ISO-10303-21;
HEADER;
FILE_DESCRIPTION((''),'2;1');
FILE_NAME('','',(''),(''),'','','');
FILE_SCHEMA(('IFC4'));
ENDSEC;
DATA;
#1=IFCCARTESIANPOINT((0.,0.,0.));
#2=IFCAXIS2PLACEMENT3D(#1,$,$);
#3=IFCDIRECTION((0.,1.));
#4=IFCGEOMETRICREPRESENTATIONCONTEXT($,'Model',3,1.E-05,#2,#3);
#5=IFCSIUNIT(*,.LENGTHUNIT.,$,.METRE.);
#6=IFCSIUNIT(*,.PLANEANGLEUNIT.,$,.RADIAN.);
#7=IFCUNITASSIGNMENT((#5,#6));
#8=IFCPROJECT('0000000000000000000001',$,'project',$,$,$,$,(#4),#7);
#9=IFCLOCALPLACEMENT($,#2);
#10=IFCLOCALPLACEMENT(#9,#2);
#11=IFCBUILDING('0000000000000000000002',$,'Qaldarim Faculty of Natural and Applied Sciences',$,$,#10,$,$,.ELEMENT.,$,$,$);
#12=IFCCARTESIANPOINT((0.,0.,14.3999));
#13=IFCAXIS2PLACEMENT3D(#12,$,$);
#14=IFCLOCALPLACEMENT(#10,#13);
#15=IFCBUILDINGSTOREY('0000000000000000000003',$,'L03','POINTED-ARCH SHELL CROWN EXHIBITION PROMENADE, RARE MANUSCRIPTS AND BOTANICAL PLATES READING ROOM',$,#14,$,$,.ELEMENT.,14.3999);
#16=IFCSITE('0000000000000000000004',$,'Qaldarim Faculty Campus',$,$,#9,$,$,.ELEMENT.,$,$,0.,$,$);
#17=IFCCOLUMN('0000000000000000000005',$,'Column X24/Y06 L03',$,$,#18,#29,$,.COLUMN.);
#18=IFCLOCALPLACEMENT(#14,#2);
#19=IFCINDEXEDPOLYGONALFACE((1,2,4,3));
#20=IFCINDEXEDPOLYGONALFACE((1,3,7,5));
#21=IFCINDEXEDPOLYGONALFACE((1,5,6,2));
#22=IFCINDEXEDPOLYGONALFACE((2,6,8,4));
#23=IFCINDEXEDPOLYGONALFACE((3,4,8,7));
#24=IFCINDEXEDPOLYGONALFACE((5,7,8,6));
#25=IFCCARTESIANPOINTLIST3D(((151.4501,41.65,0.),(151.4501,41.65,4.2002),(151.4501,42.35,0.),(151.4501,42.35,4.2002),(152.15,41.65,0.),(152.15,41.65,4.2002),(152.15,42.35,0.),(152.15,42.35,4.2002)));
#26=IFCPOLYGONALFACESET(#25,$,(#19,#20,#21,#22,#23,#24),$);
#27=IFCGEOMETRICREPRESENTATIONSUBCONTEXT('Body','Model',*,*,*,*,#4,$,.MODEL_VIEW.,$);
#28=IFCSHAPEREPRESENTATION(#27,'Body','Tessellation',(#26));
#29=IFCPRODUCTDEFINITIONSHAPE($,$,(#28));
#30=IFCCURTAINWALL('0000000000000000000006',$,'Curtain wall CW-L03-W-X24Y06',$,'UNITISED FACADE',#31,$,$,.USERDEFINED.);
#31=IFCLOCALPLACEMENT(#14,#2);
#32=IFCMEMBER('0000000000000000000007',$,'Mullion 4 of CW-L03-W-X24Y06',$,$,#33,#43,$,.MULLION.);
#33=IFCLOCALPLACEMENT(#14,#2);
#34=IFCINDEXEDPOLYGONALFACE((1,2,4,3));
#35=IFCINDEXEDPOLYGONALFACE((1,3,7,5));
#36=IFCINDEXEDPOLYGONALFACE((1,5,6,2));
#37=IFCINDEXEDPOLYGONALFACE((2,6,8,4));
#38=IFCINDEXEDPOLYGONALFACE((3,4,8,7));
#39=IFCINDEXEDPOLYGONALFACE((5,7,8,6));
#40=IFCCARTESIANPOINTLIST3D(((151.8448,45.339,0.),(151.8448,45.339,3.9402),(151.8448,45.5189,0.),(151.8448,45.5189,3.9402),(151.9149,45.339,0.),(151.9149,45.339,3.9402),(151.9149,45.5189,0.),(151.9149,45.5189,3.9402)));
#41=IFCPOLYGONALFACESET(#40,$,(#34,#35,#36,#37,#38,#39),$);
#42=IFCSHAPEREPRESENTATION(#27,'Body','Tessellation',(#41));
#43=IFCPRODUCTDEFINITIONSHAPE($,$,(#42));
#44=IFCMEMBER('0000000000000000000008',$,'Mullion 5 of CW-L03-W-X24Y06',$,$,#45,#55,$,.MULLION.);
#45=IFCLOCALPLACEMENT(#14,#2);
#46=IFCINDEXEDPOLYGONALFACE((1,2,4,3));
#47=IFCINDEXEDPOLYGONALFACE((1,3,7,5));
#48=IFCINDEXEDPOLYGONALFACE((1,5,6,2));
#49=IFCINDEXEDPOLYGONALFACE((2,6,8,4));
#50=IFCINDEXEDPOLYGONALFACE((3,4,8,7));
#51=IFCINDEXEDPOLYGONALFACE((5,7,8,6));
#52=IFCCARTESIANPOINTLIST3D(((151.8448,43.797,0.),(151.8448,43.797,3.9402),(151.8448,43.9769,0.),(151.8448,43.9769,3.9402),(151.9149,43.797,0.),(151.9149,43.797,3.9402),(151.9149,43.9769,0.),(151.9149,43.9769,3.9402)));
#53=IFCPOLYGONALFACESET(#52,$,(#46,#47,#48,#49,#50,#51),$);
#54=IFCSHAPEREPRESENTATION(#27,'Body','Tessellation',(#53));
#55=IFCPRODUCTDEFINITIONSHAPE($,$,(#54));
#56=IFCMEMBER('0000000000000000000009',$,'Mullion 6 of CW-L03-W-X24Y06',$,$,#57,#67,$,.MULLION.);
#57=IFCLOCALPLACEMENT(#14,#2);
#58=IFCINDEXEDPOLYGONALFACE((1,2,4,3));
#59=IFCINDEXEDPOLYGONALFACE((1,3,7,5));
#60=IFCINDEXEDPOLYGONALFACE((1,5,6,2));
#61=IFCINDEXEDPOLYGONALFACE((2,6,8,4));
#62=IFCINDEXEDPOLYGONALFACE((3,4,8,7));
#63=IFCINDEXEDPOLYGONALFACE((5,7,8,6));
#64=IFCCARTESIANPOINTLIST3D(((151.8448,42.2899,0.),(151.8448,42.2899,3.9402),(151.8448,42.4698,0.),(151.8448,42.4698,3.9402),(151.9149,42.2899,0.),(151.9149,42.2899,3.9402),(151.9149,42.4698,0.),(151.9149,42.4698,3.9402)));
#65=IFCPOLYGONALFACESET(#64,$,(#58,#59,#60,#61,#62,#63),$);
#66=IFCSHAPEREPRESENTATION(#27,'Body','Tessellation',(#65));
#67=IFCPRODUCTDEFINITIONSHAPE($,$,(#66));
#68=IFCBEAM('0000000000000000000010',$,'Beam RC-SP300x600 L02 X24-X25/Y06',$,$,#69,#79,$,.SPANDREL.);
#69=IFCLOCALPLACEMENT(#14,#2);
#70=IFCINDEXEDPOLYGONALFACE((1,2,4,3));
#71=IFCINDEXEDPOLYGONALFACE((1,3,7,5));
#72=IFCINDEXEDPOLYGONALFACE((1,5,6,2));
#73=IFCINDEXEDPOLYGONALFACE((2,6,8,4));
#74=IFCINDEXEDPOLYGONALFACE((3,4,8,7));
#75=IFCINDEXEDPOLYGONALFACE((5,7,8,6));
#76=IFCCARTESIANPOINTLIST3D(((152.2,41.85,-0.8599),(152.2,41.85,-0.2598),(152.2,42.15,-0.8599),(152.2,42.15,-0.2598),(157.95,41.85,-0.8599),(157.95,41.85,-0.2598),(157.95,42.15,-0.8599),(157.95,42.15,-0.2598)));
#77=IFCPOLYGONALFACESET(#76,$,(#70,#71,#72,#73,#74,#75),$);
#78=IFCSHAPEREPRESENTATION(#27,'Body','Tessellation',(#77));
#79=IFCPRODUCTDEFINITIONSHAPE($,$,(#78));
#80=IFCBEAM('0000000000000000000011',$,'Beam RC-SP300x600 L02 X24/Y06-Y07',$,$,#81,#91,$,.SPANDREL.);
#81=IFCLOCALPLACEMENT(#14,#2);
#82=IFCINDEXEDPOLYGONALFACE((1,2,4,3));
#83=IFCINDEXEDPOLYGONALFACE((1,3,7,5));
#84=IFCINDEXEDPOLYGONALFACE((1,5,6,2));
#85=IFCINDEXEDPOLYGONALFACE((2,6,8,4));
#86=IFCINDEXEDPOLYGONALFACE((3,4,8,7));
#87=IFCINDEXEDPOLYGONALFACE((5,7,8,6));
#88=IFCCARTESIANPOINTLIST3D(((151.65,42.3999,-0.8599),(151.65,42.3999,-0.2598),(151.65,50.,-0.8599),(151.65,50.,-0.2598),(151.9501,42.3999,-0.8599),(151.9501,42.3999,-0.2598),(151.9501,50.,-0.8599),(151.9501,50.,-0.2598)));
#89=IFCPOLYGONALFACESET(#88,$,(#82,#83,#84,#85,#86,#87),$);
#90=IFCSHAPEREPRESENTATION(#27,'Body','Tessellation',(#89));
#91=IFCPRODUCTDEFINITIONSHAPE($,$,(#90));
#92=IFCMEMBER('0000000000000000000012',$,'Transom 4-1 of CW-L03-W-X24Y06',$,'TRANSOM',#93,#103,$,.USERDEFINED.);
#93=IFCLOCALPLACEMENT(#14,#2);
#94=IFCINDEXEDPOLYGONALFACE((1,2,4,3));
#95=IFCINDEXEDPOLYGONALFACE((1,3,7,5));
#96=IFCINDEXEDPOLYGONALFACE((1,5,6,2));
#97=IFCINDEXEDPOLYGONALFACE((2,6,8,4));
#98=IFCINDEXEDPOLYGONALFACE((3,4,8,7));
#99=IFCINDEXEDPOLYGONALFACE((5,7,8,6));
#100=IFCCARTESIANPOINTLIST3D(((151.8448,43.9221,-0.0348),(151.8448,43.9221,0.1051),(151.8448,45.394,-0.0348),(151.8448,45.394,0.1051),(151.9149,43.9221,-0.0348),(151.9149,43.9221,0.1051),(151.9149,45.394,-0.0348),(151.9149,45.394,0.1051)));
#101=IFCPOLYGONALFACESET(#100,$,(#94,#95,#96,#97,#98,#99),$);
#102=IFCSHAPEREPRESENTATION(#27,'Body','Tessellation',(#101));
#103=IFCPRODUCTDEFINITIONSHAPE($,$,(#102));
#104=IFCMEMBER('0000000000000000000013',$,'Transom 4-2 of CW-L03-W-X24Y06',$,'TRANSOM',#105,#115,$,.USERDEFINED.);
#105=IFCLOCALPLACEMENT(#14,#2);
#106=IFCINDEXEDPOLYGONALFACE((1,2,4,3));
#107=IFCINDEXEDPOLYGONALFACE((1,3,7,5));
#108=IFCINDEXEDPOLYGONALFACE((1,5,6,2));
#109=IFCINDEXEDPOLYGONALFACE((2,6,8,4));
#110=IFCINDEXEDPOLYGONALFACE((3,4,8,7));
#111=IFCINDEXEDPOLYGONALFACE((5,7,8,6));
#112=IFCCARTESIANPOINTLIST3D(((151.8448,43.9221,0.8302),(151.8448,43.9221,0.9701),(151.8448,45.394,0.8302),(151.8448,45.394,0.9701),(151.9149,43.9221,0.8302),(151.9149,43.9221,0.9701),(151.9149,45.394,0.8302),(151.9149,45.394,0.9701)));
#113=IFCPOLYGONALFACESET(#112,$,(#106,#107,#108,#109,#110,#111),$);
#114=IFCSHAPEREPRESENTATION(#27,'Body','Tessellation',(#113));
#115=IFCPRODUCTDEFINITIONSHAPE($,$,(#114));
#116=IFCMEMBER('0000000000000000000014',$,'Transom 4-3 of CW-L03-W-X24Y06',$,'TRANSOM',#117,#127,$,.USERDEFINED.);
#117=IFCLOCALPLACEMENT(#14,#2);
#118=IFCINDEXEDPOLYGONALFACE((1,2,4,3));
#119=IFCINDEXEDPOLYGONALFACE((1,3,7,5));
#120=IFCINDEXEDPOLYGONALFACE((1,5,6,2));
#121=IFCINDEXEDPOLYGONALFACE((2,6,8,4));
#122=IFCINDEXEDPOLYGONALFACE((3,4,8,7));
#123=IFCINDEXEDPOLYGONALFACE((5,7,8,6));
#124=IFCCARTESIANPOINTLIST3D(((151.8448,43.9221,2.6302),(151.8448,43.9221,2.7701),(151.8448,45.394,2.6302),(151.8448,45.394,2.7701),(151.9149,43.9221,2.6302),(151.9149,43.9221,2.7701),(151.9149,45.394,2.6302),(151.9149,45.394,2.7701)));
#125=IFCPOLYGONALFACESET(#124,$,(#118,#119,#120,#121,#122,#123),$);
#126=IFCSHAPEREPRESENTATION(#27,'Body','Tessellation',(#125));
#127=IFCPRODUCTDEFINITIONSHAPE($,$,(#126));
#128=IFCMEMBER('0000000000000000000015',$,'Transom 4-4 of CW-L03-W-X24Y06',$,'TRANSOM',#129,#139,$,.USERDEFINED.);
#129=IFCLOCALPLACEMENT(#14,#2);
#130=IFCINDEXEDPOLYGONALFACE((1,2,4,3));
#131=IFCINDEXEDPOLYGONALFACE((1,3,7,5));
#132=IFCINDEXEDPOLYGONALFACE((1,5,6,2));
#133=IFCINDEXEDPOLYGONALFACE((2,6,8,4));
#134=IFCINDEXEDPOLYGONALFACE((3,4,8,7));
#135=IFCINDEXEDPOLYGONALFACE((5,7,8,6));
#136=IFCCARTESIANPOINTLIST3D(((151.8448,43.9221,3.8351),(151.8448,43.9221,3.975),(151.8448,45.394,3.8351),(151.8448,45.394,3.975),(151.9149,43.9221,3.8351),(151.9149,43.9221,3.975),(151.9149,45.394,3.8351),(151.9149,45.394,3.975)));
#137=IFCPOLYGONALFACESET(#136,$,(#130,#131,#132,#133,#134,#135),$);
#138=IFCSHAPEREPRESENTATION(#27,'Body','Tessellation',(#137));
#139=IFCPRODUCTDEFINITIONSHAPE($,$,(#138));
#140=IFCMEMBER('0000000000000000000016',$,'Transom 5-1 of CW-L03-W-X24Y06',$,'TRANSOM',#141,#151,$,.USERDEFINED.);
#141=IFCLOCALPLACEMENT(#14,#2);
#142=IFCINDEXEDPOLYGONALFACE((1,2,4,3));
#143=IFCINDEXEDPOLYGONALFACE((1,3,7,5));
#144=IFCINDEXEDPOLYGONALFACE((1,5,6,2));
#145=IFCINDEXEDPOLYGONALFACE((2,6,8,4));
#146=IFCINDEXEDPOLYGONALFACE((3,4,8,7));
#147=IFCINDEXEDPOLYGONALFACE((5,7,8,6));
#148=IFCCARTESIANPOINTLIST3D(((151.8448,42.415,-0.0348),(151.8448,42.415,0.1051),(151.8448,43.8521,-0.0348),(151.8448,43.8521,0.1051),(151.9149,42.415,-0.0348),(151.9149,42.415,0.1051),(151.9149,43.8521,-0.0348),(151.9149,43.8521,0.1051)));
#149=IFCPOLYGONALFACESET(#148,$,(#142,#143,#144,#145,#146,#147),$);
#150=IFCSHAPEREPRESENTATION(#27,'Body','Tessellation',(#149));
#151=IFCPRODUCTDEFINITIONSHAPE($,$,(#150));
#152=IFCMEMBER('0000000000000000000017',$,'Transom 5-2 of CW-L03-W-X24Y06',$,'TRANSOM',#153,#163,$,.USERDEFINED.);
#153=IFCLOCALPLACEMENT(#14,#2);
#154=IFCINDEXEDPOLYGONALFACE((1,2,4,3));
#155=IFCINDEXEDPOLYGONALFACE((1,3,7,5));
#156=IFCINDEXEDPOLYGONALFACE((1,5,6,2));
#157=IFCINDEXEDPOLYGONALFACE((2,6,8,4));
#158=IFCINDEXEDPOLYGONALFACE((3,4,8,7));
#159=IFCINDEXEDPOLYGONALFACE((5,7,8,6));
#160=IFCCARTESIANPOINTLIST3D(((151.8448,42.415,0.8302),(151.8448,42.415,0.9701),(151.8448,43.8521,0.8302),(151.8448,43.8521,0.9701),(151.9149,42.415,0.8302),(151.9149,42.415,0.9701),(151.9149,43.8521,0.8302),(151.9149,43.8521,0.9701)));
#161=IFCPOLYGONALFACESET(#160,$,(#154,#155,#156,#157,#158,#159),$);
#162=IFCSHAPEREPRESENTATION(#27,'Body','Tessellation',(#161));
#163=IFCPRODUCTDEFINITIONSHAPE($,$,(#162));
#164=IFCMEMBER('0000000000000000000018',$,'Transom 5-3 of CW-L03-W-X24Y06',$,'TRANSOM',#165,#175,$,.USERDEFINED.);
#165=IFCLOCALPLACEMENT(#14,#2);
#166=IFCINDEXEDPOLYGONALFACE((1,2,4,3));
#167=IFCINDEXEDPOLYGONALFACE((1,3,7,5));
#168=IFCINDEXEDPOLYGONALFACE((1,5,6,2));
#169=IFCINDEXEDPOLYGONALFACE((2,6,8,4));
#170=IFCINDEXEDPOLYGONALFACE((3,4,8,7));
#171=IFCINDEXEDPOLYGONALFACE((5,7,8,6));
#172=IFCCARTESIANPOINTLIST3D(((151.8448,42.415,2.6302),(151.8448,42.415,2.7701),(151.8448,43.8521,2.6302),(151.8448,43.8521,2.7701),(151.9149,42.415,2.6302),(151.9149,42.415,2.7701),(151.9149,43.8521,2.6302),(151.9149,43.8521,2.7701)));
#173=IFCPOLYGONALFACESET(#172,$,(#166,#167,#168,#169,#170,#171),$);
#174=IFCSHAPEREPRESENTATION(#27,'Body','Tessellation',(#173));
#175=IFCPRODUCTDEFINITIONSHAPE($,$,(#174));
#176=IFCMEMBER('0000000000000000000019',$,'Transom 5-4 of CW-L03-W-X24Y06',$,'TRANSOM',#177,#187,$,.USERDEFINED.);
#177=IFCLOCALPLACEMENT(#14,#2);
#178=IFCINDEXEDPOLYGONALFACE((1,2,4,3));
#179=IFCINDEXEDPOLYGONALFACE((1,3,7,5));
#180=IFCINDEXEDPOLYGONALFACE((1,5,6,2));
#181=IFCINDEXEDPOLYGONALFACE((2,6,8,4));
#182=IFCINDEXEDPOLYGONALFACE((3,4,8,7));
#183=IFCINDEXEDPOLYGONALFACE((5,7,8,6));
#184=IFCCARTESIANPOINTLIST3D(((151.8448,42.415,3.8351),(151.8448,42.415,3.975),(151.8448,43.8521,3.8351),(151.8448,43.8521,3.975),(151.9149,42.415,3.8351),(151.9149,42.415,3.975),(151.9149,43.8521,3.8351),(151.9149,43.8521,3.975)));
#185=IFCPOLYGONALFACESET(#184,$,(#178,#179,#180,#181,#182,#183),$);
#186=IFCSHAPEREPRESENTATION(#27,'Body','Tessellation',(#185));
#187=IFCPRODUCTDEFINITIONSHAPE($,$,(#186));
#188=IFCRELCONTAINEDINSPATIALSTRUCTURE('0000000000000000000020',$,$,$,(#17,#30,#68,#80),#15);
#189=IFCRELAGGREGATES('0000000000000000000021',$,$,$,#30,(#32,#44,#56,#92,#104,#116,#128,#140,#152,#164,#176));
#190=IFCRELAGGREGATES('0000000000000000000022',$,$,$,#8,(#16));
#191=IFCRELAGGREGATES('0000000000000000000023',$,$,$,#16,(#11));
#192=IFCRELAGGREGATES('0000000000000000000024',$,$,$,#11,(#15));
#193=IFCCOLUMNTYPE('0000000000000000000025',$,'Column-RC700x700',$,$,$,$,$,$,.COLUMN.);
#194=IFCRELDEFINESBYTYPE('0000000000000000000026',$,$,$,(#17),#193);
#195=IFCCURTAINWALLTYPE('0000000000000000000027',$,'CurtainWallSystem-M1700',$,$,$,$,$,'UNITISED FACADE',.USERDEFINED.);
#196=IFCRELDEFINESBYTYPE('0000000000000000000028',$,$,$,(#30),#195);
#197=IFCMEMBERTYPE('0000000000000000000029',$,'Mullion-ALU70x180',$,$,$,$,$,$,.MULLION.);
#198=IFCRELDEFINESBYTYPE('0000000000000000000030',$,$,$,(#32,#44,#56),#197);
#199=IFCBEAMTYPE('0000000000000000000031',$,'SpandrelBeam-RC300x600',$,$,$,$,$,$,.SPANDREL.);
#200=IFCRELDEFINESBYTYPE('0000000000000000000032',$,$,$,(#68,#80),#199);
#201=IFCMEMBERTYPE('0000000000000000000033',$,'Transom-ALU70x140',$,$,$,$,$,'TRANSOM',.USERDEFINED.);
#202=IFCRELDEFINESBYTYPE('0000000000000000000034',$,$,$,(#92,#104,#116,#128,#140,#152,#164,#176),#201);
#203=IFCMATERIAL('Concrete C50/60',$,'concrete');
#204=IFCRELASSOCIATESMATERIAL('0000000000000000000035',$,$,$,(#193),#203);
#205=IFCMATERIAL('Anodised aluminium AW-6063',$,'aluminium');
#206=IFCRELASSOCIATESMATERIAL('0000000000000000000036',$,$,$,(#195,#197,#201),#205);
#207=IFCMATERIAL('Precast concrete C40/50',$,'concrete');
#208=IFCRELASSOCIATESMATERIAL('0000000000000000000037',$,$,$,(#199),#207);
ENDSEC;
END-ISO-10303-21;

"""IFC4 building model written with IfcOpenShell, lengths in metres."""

from ifc_helpers import new_model, si_unit, direction, frame, origin, origin_2d, place, context, subcontext, project, spatial, rectangle, extrude, material, material_profile, profile_set, type_object, element, aggregate, save


model = new_model("IFC4")

# Units and contexts
model_context = context("Model", 3, precision=1e-05, world=origin(), true_north=direction((0.0, 1.0)))
body_context = subcontext(model_context, "Body", "Model", "MODEL_VIEW")
ifc_project = project(units=[si_unit("LENGTHUNIT", "METRE"), si_unit("PLANEANGLEUNIT", "RADIAN")], contexts=[model_context])

# Site, building, storey
site_placement = place(None, origin())
site = spatial("IfcSite", under=ifc_project, at=site_placement, Name="Qaldarim Faculty Campus", CompositionType="ELEMENT", RefElevation=0.0)
building_placement = place(site_placement, origin())
building = spatial("IfcBuilding", under=site, at=building_placement, Name="Qaldarim Faculty of Natural and Applied Sciences", CompositionType="ELEMENT")
storey_placement = place(building_placement, frame((0.0, 0.0, 14.3999)))
storey = spatial("IfcBuildingStorey", under=building, at=storey_placement, Name="L03", Description="POINTED-ARCH SHELL CROWN EXHIBITION PROMENADE, RARE MANUSCRIPTS AND BOTANICAL PLATES READING ROOM", CompositionType="ELEMENT", Elevation=14.3999)

# Column
ifc_material_1 = material(Name="Concrete C50/60", Category="concrete")
ifc_material_profile_1 = material_profile(ifc_material_1, rectangle(XDim=0.7, YDim=0.7, at=origin_2d()), Name="RC-C700x700")
ifc_profile_set_1 = profile_set([ifc_material_profile_1], Name="Concrete C50/60")
column_type = type_object("IfcColumnType", Name="Column-RC700x700", PredefinedType="COLUMN", material=ifc_profile_set_1)
column_placement = place(storey_placement, frame((151.8, 42.0, 0.0), z_axis=(0.0, 0.0, 1.0), x_axis=(1.0, 0.0, 0.0)))
element("IfcColumn", 1, at=column_placement, inside=storey, type_object=column_type, Name="Column X24/Y06 L03", PredefinedType="COLUMN", context=body_context, shape_type="SweptSolid", body=[
    extrude(rectangle(XDim=0.7, YDim=0.7, at=origin_2d()), origin(), (0.0, 0.0, 1.0), 4.2002),
])

# Curtain wall, members
ifc_material_2 = material(Name="Anodised aluminium AW-6063", Category="aluminium")
curtain_wall_type = type_object("IfcCurtainWallType", Name="CurtainWallSystem-M1700", ElementType="UNITISED FACADE", PredefinedType="USERDEFINED", material=ifc_material_2)
curtain_wall_placement = place(storey_placement, origin())
curtain_wall = element("IfcCurtainWall", 2, at=curtain_wall_placement, inside=storey, type_object=curtain_wall_type, Name="Curtain wall CW-L03-W-X24Y06", ObjectType="UNITISED FACADE", PredefinedType="USERDEFINED")
ifc_material_profile_2 = material_profile(ifc_material_2, rectangle(XDim=0.0701, YDim=0.1799, at=origin_2d()), Name="ALU-M70x180")
ifc_profile_set_2 = profile_set([ifc_material_profile_2], Name="Anodised aluminium AW-6063")
member_type_1 = type_object("IfcMemberType", Name="Mullion-ALU70x180", PredefinedType="MULLION", material=ifc_profile_set_2)
member_1_placement = place(storey_placement, frame((151.8799, 45.429, 0.0), z_axis=(0.0, 0.0, 1.0), x_axis=(1.0, 0.0, 0.0)))
member_1 = element("IfcMember", 3, at=member_1_placement, type_object=member_type_1, Name="Mullion 4 of CW-L03-W-X24Y06", PredefinedType="MULLION", context=body_context, shape_type="SweptSolid", body=[
    extrude(rectangle(XDim=0.0701, YDim=0.1799, at=origin_2d()), origin(), (0.0, 0.0, 1.0), 3.9402),
])
member_2_placement = place(storey_placement, frame((151.8799, 43.887, 0.0), z_axis=(0.0, 0.0, 1.0), x_axis=(1.0, 0.0, 0.0)))
member_2 = element("IfcMember", 4, at=member_2_placement, type_object=member_type_1, Name="Mullion 5 of CW-L03-W-X24Y06", PredefinedType="MULLION", context=body_context, shape_type="SweptSolid", body=[
    extrude(rectangle(XDim=0.0701, YDim=0.1799, at=origin_2d()), origin(), (0.0, 0.0, 1.0), 3.9402),
])
member_3_placement = place(storey_placement, frame((151.8799, 42.3799, 0.0), z_axis=(0.0, 0.0, 1.0), x_axis=(1.0, 0.0, 0.0)))
member_3 = element("IfcMember", 5, at=member_3_placement, type_object=member_type_1, Name="Mullion 6 of CW-L03-W-X24Y06", PredefinedType="MULLION", context=body_context, shape_type="SweptSolid", body=[
    extrude(rectangle(XDim=0.0701, YDim=0.1799, at=origin_2d()), origin(), (0.0, 0.0, 1.0), 3.9402),
])

# Beams
ifc_material_3 = material(Name="Precast concrete C40/50", Category="concrete")
ifc_material_profile_3 = material_profile(ifc_material_3, rectangle(XDim=0.3, YDim=0.6001, at=origin_2d()), Name="RC-SP300x600")
ifc_profile_set_3 = profile_set([ifc_material_profile_3], Name="Precast concrete C40/50")
beam_type = type_object("IfcBeamType", Name="SpandrelBeam-RC300x600", PredefinedType="SPANDREL", material=ifc_profile_set_3)
beam_1_placement = place(storey_placement, frame((152.2, 42.0, -0.5598), z_axis=(1.0, 0.0, 0.0), x_axis=(0.0, 1.0, 0.0)))
element("IfcBeam", 6, at=beam_1_placement, inside=storey, type_object=beam_type, Name="Beam RC-SP300x600 L02 X24-X25/Y06", PredefinedType="SPANDREL", context=body_context, shape_type="SweptSolid", body=[
    extrude(rectangle(XDim=0.3, YDim=0.6001, at=origin_2d()), origin(), (0.0, 0.0, 1.0), 5.75),
])
beam_2_placement = place(storey_placement, frame((151.8, 42.3999, -0.5598), z_axis=(0.0, 1.0, 0.0), x_axis=(-1.0, 0.0, 0.0)))
element("IfcBeam", 7, at=beam_2_placement, inside=storey, type_object=beam_type, Name="Beam RC-SP300x600 L02 X24/Y06-Y07", PredefinedType="SPANDREL", context=body_context, shape_type="SweptSolid", body=[
    extrude(rectangle(XDim=0.3, YDim=0.6001, at=origin_2d()), origin(), (0.0, 0.0, 1.0), 7.6001),
])

# Members
ifc_material_profile_4 = material_profile(ifc_material_2, rectangle(XDim=0.0701, YDim=0.1399, at=origin_2d()), Name="ALU-T70x140")
ifc_profile_set_4 = profile_set([ifc_material_profile_4], Name="Anodised aluminium AW-6063")
member_type_2 = type_object("IfcMemberType", Name="Transom-ALU70x140", ElementType="TRANSOM", PredefinedType="USERDEFINED", material=ifc_profile_set_4)
member_4_placement = place(storey_placement, frame((151.8799, 45.394, 0.0352), z_axis=(0.0, -1.0, 0.0), x_axis=(1.0, 0.0, 0.0)))
member_4 = element("IfcMember", 8, at=member_4_placement, type_object=member_type_2, Name="Transom 4-1 of CW-L03-W-X24Y06", ObjectType="TRANSOM", PredefinedType="USERDEFINED", context=body_context, shape_type="SweptSolid", body=[
    extrude(rectangle(XDim=0.0701, YDim=0.1399, at=origin_2d()), origin(), (0.0, 0.0, 1.0), 1.4719),
])
member_5_placement = place(storey_placement, frame((151.8799, 45.394, 0.9001), z_axis=(0.0, -1.0, 0.0), x_axis=(1.0, 0.0, 0.0)))
member_5 = element("IfcMember", 9, at=member_5_placement, type_object=member_type_2, Name="Transom 4-2 of CW-L03-W-X24Y06", ObjectType="TRANSOM", PredefinedType="USERDEFINED", context=body_context, shape_type="SweptSolid", body=[
    extrude(rectangle(XDim=0.0701, YDim=0.1399, at=origin_2d()), origin(), (0.0, 0.0, 1.0), 1.4719),
])
member_6_placement = place(storey_placement, frame((151.8799, 45.394, 2.7002), z_axis=(0.0, -1.0, 0.0), x_axis=(1.0, 0.0, 0.0)))
member_6 = element("IfcMember", 10, at=member_6_placement, type_object=member_type_2, Name="Transom 4-3 of CW-L03-W-X24Y06", ObjectType="TRANSOM", PredefinedType="USERDEFINED", context=body_context, shape_type="SweptSolid", body=[
    extrude(rectangle(XDim=0.0701, YDim=0.1399, at=origin_2d()), origin(), (0.0, 0.0, 1.0), 1.4719),
])
member_7_placement = place(storey_placement, frame((151.8799, 45.394, 3.905), z_axis=(0.0, -1.0, 0.0), x_axis=(1.0, 0.0, 0.0)))
member_7 = element("IfcMember", 11, at=member_7_placement, type_object=member_type_2, Name="Transom 4-4 of CW-L03-W-X24Y06", ObjectType="TRANSOM", PredefinedType="USERDEFINED", context=body_context, shape_type="SweptSolid", body=[
    extrude(rectangle(XDim=0.0701, YDim=0.1399, at=origin_2d()), origin(), (0.0, 0.0, 1.0), 1.4719),
])
member_8_placement = place(storey_placement, frame((151.8799, 43.8521, 0.0352), z_axis=(0.0, -1.0, 0.0), x_axis=(1.0, 0.0, 0.0)))
member_8 = element("IfcMember", 12, at=member_8_placement, type_object=member_type_2, Name="Transom 5-1 of CW-L03-W-X24Y06", ObjectType="TRANSOM", PredefinedType="USERDEFINED", context=body_context, shape_type="SweptSolid", body=[
    extrude(rectangle(XDim=0.0701, YDim=0.1399, at=origin_2d()), origin(), (0.0, 0.0, 1.0), 1.437),
])
member_9_placement = place(storey_placement, frame((151.8799, 43.8521, 0.9001), z_axis=(0.0, -1.0, 0.0), x_axis=(1.0, 0.0, 0.0)))
member_9 = element("IfcMember", 13, at=member_9_placement, type_object=member_type_2, Name="Transom 5-2 of CW-L03-W-X24Y06", ObjectType="TRANSOM", PredefinedType="USERDEFINED", context=body_context, shape_type="SweptSolid", body=[
    extrude(rectangle(XDim=0.0701, YDim=0.1399, at=origin_2d()), origin(), (0.0, 0.0, 1.0), 1.437),
])
member_10_placement = place(storey_placement, frame((151.8799, 43.8521, 2.7002), z_axis=(0.0, -1.0, 0.0), x_axis=(1.0, 0.0, 0.0)))
member_10 = element("IfcMember", 14, at=member_10_placement, type_object=member_type_2, Name="Transom 5-3 of CW-L03-W-X24Y06", ObjectType="TRANSOM", PredefinedType="USERDEFINED", context=body_context, shape_type="SweptSolid", body=[
    extrude(rectangle(XDim=0.0701, YDim=0.1399, at=origin_2d()), origin(), (0.0, 0.0, 1.0), 1.437),
])
member_11_placement = place(storey_placement, frame((151.8799, 43.8521, 3.905), z_axis=(0.0, -1.0, 0.0), x_axis=(1.0, 0.0, 0.0)))
member_11 = element("IfcMember", 15, at=member_11_placement, type_object=member_type_2, Name="Transom 5-4 of CW-L03-W-X24Y06", ObjectType="TRANSOM", PredefinedType="USERDEFINED", context=body_context, shape_type="SweptSolid", body=[
    extrude(rectangle(XDim=0.0701, YDim=0.1399, at=origin_2d()), origin(), (0.0, 0.0, 1.0), 1.437),
])

aggregate(curtain_wall, [member_1, member_2, member_3, member_4, member_5, member_6, member_7, member_8, member_9, member_10, member_11])

save(model, "model.ifc")
